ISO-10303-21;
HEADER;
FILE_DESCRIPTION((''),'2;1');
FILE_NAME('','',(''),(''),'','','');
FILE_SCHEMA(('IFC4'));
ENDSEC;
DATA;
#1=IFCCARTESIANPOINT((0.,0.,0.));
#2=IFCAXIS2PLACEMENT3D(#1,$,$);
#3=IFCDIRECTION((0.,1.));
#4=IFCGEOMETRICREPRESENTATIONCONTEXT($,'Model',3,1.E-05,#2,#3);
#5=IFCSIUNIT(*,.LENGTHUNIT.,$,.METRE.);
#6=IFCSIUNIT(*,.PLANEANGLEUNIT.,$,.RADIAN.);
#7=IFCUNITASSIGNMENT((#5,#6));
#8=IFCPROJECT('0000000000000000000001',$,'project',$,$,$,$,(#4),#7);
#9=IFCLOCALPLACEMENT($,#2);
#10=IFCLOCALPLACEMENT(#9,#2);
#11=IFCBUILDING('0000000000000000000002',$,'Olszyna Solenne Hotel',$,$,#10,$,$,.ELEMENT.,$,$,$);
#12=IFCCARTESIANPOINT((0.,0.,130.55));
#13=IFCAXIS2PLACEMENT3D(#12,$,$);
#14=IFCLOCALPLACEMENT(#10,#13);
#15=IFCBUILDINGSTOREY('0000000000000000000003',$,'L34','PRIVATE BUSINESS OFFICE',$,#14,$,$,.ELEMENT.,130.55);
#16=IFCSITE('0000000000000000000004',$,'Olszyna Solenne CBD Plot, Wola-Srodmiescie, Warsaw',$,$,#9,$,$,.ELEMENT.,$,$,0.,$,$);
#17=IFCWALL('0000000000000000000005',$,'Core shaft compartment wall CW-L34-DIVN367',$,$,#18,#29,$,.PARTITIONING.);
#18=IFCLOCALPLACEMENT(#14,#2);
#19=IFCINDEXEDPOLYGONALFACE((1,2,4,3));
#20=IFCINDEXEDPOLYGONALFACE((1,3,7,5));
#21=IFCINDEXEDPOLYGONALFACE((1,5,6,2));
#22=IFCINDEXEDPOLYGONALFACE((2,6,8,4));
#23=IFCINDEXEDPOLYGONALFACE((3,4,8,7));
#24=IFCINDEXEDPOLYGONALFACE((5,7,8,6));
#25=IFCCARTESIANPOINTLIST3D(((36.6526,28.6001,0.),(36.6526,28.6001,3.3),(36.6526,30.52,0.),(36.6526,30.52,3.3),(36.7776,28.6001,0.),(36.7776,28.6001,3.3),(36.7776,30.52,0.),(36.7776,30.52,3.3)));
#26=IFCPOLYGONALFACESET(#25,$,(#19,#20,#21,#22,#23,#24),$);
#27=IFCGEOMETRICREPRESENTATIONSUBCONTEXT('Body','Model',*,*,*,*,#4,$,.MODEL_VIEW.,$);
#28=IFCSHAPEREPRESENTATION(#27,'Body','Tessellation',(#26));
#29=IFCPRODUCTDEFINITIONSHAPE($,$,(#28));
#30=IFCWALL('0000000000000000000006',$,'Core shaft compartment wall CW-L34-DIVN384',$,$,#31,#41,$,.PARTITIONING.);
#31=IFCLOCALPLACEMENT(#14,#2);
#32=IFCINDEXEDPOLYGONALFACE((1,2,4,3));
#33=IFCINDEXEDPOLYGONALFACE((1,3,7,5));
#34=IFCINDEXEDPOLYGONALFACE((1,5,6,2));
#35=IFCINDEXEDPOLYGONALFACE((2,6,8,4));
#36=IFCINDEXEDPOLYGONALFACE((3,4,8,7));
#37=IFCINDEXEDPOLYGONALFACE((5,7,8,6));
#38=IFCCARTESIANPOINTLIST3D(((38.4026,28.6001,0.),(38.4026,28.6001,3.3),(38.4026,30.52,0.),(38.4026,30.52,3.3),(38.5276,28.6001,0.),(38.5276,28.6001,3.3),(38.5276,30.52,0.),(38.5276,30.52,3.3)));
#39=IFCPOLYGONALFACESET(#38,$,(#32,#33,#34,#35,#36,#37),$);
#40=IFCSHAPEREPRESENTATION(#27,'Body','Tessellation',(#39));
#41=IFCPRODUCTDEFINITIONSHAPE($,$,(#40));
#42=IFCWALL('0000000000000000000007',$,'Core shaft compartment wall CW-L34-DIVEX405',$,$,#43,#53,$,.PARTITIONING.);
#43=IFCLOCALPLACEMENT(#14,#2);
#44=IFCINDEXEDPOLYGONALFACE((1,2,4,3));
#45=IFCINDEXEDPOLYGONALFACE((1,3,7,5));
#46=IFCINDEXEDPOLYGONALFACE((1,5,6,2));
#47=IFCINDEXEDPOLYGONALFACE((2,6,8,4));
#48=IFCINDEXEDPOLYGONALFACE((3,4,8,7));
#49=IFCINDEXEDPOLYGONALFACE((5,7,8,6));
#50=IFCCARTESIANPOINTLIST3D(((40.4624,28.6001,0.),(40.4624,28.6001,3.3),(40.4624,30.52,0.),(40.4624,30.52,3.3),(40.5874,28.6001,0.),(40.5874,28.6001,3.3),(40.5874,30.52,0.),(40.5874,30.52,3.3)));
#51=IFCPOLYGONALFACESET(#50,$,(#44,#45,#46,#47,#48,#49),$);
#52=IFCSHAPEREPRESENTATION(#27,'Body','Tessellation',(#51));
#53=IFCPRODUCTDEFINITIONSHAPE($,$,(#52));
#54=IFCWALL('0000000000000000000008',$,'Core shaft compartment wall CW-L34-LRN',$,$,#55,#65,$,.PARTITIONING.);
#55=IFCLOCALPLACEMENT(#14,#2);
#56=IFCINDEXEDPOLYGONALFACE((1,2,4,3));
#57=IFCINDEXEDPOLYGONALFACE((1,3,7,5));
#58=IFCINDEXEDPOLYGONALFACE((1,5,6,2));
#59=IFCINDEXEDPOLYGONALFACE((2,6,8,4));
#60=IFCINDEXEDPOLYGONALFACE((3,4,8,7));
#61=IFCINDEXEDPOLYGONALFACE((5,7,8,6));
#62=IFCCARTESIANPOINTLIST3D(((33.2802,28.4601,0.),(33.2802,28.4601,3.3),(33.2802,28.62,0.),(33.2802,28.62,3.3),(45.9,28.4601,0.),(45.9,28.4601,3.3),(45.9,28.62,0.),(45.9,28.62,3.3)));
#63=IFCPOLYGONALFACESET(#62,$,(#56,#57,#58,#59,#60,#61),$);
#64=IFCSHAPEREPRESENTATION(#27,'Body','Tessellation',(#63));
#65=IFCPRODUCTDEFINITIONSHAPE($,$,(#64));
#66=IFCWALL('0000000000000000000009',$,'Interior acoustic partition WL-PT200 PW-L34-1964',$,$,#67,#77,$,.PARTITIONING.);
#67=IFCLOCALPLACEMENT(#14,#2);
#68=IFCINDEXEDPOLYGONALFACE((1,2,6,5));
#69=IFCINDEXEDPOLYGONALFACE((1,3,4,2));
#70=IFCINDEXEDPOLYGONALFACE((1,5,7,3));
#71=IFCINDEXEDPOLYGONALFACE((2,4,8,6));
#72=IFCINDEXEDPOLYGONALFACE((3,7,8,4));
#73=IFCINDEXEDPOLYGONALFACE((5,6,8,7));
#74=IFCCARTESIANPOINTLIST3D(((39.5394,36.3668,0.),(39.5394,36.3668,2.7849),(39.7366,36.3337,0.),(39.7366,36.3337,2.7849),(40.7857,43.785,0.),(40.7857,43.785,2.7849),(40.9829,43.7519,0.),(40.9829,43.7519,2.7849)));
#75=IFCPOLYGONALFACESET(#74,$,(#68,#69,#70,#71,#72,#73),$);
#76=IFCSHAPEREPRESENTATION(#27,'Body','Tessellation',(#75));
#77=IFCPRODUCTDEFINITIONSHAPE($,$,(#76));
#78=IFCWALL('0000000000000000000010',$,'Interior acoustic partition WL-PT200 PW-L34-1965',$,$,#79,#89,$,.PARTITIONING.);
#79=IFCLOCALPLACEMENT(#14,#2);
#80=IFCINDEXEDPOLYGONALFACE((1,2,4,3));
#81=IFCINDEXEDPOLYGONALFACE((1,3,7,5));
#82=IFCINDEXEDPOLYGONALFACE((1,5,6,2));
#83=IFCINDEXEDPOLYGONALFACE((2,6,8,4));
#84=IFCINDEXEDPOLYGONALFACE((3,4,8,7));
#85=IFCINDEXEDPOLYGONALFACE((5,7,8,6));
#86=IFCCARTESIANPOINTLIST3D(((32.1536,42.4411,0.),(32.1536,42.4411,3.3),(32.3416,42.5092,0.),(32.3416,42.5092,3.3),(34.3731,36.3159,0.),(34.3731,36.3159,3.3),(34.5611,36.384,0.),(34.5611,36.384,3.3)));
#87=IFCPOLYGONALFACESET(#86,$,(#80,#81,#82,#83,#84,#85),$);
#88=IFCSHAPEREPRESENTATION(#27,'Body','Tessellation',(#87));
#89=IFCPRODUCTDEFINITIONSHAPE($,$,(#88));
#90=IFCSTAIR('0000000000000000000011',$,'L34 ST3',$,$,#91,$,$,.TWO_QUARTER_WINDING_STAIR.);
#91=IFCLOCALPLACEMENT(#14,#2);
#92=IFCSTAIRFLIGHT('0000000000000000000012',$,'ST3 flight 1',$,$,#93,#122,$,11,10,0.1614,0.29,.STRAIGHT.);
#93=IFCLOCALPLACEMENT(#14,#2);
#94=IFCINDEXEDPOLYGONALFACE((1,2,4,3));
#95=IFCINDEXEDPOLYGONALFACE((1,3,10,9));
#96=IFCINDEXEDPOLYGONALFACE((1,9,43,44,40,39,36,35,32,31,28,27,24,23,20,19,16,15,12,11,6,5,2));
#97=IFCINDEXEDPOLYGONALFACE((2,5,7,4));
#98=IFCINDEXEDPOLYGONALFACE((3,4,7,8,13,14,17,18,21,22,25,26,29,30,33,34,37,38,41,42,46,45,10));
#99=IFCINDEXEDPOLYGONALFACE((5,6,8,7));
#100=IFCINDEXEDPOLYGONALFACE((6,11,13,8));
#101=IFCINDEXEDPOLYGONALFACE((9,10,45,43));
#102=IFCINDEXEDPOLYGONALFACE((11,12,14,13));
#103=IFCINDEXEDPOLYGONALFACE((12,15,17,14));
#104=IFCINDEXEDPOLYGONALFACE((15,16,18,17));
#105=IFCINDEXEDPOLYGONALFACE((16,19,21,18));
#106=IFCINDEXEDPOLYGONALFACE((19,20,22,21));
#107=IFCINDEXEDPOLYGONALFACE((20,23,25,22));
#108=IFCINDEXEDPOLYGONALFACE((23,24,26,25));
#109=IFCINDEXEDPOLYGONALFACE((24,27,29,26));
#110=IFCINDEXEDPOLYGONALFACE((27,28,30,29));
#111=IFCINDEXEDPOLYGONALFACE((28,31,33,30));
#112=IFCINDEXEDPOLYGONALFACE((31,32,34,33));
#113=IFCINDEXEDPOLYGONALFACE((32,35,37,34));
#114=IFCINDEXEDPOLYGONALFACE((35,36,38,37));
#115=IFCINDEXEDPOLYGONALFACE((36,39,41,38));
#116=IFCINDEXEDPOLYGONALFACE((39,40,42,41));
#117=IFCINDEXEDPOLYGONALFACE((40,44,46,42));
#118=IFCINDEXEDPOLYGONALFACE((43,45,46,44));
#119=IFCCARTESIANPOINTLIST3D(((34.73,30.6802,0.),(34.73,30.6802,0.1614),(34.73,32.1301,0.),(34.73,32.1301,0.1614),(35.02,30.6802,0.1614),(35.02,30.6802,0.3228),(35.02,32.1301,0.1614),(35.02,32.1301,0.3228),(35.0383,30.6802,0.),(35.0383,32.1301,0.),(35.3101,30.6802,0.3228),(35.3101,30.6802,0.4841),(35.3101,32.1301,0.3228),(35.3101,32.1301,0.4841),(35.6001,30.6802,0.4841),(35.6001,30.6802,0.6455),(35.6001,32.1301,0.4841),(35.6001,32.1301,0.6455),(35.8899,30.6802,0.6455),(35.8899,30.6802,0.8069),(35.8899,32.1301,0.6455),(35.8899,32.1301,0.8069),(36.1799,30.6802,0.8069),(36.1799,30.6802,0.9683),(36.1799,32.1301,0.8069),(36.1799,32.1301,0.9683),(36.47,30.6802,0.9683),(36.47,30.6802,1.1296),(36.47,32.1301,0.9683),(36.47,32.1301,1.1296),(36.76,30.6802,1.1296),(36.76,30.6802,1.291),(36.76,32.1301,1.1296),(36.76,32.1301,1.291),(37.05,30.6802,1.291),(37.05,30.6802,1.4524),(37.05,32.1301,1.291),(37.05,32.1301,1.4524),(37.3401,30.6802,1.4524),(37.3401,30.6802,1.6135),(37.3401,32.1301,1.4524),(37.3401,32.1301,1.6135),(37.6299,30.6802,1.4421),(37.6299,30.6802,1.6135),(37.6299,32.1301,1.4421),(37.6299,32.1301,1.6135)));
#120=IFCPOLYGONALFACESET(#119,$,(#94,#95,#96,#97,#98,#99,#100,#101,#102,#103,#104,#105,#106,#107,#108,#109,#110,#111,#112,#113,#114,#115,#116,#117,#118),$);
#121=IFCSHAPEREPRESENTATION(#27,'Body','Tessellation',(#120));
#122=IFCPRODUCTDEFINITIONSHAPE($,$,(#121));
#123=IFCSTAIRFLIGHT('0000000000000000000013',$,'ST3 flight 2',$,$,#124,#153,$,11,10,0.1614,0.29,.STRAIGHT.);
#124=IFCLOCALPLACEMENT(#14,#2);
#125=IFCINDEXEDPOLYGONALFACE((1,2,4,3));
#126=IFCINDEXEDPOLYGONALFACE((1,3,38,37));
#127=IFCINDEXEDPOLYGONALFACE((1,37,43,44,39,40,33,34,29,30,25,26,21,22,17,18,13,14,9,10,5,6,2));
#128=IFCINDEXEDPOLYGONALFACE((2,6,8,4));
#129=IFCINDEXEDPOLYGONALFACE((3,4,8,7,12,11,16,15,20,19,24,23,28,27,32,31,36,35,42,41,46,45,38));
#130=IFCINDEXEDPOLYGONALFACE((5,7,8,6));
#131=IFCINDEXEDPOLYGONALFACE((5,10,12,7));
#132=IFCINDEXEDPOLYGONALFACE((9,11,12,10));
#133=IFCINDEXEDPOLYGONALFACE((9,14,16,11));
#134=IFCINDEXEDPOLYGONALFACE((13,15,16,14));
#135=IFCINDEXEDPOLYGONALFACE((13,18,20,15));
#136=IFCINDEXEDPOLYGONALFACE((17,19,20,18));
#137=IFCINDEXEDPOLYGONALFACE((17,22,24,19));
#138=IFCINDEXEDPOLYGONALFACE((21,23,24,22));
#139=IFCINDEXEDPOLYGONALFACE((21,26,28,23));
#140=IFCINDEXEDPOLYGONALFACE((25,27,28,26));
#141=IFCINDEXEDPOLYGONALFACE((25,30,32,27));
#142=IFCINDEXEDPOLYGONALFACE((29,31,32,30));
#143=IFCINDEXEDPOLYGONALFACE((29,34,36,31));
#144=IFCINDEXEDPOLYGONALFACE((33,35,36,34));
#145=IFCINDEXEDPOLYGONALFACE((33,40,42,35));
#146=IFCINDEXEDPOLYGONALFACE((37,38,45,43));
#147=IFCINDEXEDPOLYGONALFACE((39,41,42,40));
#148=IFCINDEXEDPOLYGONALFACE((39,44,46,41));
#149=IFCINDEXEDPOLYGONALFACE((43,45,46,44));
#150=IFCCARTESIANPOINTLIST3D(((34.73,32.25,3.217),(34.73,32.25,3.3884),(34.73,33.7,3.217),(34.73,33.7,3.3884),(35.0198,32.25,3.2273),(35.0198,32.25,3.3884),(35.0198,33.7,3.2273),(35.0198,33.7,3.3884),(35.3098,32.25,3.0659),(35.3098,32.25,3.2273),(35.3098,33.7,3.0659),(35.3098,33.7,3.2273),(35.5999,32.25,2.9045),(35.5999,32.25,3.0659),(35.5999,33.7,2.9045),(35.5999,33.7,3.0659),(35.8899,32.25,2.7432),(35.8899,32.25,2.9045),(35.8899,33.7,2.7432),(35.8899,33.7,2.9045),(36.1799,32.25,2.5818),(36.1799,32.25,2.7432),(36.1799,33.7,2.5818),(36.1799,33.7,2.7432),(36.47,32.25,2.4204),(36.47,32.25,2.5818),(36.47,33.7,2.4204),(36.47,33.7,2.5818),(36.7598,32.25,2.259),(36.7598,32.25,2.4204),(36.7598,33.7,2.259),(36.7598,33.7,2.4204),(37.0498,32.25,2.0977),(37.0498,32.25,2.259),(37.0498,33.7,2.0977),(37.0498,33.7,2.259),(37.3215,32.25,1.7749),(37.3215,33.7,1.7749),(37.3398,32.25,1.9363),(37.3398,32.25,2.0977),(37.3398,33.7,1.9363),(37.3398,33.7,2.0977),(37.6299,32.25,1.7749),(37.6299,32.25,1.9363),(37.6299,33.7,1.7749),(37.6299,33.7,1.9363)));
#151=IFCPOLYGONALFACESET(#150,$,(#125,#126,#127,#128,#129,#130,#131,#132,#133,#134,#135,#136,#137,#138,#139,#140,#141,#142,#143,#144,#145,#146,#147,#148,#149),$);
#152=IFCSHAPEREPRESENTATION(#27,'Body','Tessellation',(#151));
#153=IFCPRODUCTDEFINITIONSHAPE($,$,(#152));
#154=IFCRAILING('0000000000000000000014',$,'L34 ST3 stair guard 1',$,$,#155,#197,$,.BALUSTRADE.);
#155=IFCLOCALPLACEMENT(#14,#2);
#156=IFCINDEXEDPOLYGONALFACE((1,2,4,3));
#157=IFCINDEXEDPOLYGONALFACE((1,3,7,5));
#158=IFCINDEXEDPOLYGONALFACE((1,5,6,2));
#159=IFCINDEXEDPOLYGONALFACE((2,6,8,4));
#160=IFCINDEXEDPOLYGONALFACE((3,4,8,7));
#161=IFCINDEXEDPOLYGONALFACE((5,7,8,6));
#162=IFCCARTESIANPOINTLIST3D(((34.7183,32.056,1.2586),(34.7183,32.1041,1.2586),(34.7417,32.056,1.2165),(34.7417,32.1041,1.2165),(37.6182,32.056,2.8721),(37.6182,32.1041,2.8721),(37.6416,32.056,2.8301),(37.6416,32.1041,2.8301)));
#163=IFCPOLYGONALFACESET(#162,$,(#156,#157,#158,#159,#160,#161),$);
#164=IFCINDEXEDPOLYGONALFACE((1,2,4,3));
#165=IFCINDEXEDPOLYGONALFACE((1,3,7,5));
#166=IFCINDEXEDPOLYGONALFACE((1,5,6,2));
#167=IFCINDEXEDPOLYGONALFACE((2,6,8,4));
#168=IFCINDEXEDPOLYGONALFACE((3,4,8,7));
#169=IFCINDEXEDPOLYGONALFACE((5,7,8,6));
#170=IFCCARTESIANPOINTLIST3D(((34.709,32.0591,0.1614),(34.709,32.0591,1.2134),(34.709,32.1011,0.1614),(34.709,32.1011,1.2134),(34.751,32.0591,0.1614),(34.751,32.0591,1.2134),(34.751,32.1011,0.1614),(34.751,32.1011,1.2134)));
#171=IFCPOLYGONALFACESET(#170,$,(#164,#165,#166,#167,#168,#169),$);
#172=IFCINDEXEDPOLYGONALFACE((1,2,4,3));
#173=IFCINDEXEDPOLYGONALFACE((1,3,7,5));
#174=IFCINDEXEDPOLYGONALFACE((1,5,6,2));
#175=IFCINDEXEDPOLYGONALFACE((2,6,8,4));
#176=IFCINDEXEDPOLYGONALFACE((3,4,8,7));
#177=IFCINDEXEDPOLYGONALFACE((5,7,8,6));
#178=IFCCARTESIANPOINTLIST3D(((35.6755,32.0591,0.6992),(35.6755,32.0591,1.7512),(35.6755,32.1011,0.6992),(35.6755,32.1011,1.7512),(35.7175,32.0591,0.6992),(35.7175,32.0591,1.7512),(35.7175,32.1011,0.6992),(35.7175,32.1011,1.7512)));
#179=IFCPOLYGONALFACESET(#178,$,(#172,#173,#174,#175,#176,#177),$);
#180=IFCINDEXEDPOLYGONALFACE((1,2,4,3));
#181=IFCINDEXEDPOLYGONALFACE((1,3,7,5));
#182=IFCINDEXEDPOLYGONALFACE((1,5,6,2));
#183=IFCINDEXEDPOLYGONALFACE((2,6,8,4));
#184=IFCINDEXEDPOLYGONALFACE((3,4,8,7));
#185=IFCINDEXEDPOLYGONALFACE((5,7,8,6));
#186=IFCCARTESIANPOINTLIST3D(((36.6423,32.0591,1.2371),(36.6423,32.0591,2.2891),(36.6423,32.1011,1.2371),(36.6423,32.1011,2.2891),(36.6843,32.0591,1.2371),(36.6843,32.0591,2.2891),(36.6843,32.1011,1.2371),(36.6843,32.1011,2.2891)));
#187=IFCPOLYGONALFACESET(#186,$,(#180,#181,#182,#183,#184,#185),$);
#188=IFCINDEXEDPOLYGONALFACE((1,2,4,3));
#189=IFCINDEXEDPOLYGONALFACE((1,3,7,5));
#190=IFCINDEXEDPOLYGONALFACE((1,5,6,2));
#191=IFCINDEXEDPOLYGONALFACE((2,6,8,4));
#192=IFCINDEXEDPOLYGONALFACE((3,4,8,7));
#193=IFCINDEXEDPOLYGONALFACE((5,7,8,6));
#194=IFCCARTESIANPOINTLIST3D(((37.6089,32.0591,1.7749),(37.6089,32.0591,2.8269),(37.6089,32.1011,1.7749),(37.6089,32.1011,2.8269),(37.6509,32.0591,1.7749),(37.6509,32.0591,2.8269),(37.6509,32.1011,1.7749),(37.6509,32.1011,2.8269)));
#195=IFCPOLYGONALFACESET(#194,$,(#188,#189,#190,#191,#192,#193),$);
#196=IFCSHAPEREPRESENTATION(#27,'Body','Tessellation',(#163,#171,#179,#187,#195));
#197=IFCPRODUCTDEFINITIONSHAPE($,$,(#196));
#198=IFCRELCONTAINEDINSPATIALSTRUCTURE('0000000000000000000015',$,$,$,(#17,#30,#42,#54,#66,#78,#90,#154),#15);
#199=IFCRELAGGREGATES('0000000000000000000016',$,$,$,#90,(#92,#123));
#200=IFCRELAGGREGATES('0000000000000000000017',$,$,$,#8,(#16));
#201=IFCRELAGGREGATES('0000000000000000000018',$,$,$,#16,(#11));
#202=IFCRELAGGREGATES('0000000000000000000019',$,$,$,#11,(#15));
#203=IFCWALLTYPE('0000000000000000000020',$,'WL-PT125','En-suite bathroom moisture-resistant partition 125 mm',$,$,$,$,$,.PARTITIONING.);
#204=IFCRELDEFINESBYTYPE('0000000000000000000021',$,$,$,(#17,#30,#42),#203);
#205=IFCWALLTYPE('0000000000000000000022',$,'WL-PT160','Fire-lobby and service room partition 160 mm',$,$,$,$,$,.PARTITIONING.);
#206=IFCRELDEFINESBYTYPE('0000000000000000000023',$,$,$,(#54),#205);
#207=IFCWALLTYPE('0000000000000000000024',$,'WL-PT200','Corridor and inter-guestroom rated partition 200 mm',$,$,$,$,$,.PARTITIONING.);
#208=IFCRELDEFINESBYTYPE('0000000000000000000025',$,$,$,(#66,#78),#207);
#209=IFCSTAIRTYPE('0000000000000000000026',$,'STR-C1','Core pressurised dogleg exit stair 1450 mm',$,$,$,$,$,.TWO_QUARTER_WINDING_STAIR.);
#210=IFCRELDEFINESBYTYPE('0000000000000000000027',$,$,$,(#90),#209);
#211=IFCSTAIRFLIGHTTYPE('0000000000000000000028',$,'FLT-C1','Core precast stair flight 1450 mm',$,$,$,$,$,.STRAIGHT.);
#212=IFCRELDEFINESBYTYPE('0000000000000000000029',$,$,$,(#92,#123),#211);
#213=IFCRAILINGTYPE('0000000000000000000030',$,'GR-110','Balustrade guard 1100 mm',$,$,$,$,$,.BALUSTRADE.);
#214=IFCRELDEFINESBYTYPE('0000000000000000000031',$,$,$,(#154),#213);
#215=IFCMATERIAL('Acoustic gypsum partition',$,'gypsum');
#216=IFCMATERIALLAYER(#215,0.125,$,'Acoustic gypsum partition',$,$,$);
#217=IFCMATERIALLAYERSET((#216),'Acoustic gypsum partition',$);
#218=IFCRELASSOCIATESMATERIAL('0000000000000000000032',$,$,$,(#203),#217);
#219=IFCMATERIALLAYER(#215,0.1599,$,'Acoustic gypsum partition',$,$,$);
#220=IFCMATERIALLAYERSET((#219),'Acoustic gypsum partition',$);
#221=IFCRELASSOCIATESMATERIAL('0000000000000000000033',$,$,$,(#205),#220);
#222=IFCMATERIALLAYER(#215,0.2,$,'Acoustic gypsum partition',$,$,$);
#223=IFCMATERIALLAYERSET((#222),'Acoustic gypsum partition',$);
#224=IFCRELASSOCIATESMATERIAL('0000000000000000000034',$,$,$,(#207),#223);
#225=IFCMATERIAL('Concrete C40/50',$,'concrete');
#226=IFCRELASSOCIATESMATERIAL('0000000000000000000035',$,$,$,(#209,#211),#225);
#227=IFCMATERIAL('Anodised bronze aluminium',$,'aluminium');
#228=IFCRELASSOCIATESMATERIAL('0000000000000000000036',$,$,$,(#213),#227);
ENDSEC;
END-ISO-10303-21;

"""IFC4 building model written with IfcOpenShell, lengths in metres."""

from ifc_helpers import new_model, si_unit, direction, frame, frame_2d, origin, origin_2d, place, context, subcontext, project, spatial, polyline, rectangle, outline, extrude, material, layer, layer_set, type_object, element, aggregate, save


model = new_model("IFC4")

# Units and contexts
model_context = context("Model", 3, precision=1e-05, world=origin(), true_north=direction((0.0, 1.0)))
body_context = subcontext(model_context, "Body", "Model", "MODEL_VIEW")
ifc_project = project(units=[si_unit("LENGTHUNIT", "METRE"), si_unit("PLANEANGLEUNIT", "RADIAN")], contexts=[model_context])

# Site, building, storey
site_placement = place(None, origin())
site = spatial("IfcSite", under=ifc_project, at=site_placement, Name="Olszyna Solenne CBD Plot, Wola-Srodmiescie, Warsaw", CompositionType="ELEMENT", RefElevation=0.0)
building_placement = place(site_placement, origin())
building = spatial("IfcBuilding", under=site, at=building_placement, Name="Olszyna Solenne Hotel", CompositionType="ELEMENT")
storey_placement = place(building_placement, frame((0.0, 0.0, 130.55)))
storey = spatial("IfcBuildingStorey", under=building, at=storey_placement, Name="L34", Description="PRIVATE BUSINESS OFFICE", CompositionType="ELEMENT", Elevation=130.55)

# Shared definitions
ifc_material_1 = material(Name="Anodised bronze aluminium", Category="aluminium")

# Walls
ifc_material_2 = material(Name="Acoustic gypsum partition", Category="gypsum")
ifc_layer_1 = layer(ifc_material_2, 0.125, Name="Acoustic gypsum partition")
ifc_layer_set_1 = layer_set([ifc_layer_1], Name="Acoustic gypsum partition")
wall_type_1 = type_object("IfcWallType", Name="WL-PT125", Description="En-suite bathroom moisture-resistant partition 125 mm", PredefinedType="PARTITIONING", material=ifc_layer_set_1)
for number, where, z_axis, x_axis, name in (
    (1, (36.7151, 28.6001, 0.0), (0.0, 0.0, 1.0), (0.0, 1.0, 0.0), "Core shaft compartment wall CW-L34-DIVN367"),
    (2, (38.4651, 28.6001, 0.0), (0.0, 0.0, 1.0), (0.0, 1.0, 0.0), "Core shaft compartment wall CW-L34-DIVN384"),
    (3, (40.5249, 28.6001, 0.0), (0.0, 0.0, 1.0), (0.0, 1.0, 0.0), "Core shaft compartment wall CW-L34-DIVEX405"),
):
    element("IfcWall", number, at=place(storey_placement, frame(where, z_axis=z_axis, x_axis=x_axis)), inside=storey, type_object=wall_type_1, Name=name, PredefinedType="PARTITIONING", context=body_context, shape_type="SweptSolid", body=[
        extrude(rectangle(XDim=1.9199, YDim=0.125, at=frame_2d((0.96, 0.0))), origin(), (0.0, 0.0, 1.0), 3.3),
    ])
ifc_layer_2 = layer(ifc_material_2, 0.1599, Name="Acoustic gypsum partition")
ifc_layer_set_2 = layer_set([ifc_layer_2], Name="Acoustic gypsum partition")
wall_type_2 = type_object("IfcWallType", Name="WL-PT160", Description="Fire-lobby and service room partition 160 mm", PredefinedType="PARTITIONING", material=ifc_layer_set_2)
wall_1_placement = place(storey_placement, frame((33.28, 28.54, 0.0), z_axis=(0.0, 0.0, 1.0), x_axis=(1.0, 0.0, 0.0)))
element("IfcWall", 4, at=wall_1_placement, inside=storey, type_object=wall_type_2, Name="Core shaft compartment wall CW-L34-LRN", PredefinedType="PARTITIONING", context=body_context, shape_type="SweptSolid", body=[
    extrude(rectangle(XDim=12.6199, YDim=0.1599, at=frame_2d((6.3101, 0.0))), origin(), (0.0, 0.0, 1.0), 3.3),
])
ifc_layer_3 = layer(ifc_material_2, 0.2, Name="Acoustic gypsum partition")
ifc_layer_set_3 = layer_set([ifc_layer_3], Name="Acoustic gypsum partition")
wall_type_3 = type_object("IfcWallType", Name="WL-PT200", Description="Corridor and inter-guestroom rated partition 200 mm", PredefinedType="PARTITIONING", material=ifc_layer_set_3)
wall_2_placement = place(storey_placement, frame((39.6379, 36.3501, 0.0), z_axis=(0.0, 0.0, 1.0), x_axis=(0.165688, 0.986178, 0.0)))
element("IfcWall", 5, at=wall_2_placement, inside=storey, type_object=wall_type_3, Name="Interior acoustic partition WL-PT200 PW-L34-1964", PredefinedType="PARTITIONING", context=body_context, shape_type="SweptSolid", body=[
    extrude(rectangle(XDim=7.5222, YDim=0.2, at=frame_2d((3.7612, 0.0))), origin(), (0.0, 0.0, 1.0), 2.7849),
])
wall_3_placement = place(storey_placement, frame((34.467, 36.3501, 0.0), z_axis=(0.0, 0.0, 1.0), x_axis=(-0.340675, 0.940181, 0.0)))
element("IfcWall", 6, at=wall_3_placement, inside=storey, type_object=wall_type_3, Name="Interior acoustic partition WL-PT200 PW-L34-1965", PredefinedType="PARTITIONING", context=body_context, shape_type="SweptSolid", body=[
    extrude(rectangle(XDim=6.5149, YDim=0.2, at=frame_2d((3.2573, 0.0))), origin(), (0.0, 0.0, 1.0), 3.3),
])

# Stair, stair flights
ifc_material_3 = material(Name="Concrete C40/50", Category="concrete")
stair_type = type_object("IfcStairType", Name="STR-C1", Description="Core pressurised dogleg exit stair 1450 mm", PredefinedType="TWO_QUARTER_WINDING_STAIR", material=ifc_material_3)
stair_placement = place(storey_placement, origin())
stair = element("IfcStair", 7, at=stair_placement, inside=storey, type_object=stair_type, Name="L34 ST3", PredefinedType="TWO_QUARTER_WINDING_STAIR")
stair_flight_type = type_object("IfcStairFlightType", Name="FLT-C1", Description="Core precast stair flight 1450 mm", PredefinedType="STRAIGHT", material=ifc_material_3)
stair_flight_1_placement = place(storey_placement, frame((34.73, 31.405, 0.0), z_axis=(0.0, 0.0, 1.0), x_axis=(1.0, 0.0, 0.0)))
stair_flight_1 = element("IfcStairFlight", 8, at=stair_flight_1_placement, type_object=stair_flight_type, Name="ST3 flight 1", NumberOfRisers=11, NumberOfTreads=10, PredefinedType="STRAIGHT", RiserHeight=0.1614, TreadLength=0.29, context=body_context, shape_type="SweptSolid", body=[
    extrude(outline(polyline([(0.0, 0.0), (0.0, 0.1614), (0.29, 0.1614), (0.29, 0.3228), (0.5801, 0.3228), (0.5801, 0.4841), (0.8701, 0.4841), (0.8701, 0.6455), (1.1599, 0.6455), (1.1599, 0.8069), (1.45, 0.8069), (1.45, 0.9683), (1.74, 0.9683), (1.74, 1.1296), (2.03, 1.1296), (2.03, 1.291), (2.3201, 1.291), (2.3201, 1.4524), (2.6101, 1.4524), (2.6101, 1.6135), (2.8999, 1.6135), (2.8999, 1.7749), (2.8999, 1.4421), (0.3083, 0.0), (0.0, 0.0)])), frame((0.0, 0.7251, 0.0), z_axis=(0.0, -1.0, 0.0), x_axis=(1.0, 0.0, 0.0)), (0.0, 0.0, 1.0), 1.45),
])
stair_flight_2_placement = place(storey_placement, frame((37.6299, 32.9751, 1.7749), z_axis=(0.0, 0.0, 1.0), x_axis=(-1.0, 0.0, 0.0)))
stair_flight_2 = element("IfcStairFlight", 9, at=stair_flight_2_placement, type_object=stair_flight_type, Name="ST3 flight 2", NumberOfRisers=11, NumberOfTreads=10, PredefinedType="STRAIGHT", RiserHeight=0.1614, TreadLength=0.29, context=body_context, shape_type="SweptSolid", body=[
    extrude(outline(polyline([(0.0, 0.0), (0.0, 0.1614), (0.29, 0.1614), (0.29, 0.3228), (0.5801, 0.3228), (0.5801, 0.4841), (0.8701, 0.4841), (0.8701, 0.6455), (1.1599, 0.6455), (1.1599, 0.8069), (1.45, 0.8069), (1.45, 0.9683), (1.74, 0.9683), (1.74, 1.1296), (2.03, 1.1296), (2.03, 1.291), (2.3201, 1.291), (2.3201, 1.4524), (2.6101, 1.4524), (2.6101, 1.6135), (2.8999, 1.6135), (2.8999, 1.7749), (2.8999, 1.4421), (0.3083, 0.0), (0.0, 0.0)])), frame((0.0, 0.7251, 0.0), z_axis=(0.0, -1.0, 0.0), x_axis=(1.0, 0.0, 0.0)), (0.0, 0.0, 1.0), 1.45),
])
aggregate(stair, [stair_flight_1, stair_flight_2])

# Railing
railing_type_1 = type_object("IfcRailingType", Name="GR-110", Description="Balustrade guard 1100 mm", PredefinedType="BALUSTRADE", material=ifc_material_1)
railing_1_placement = place(storey_placement, frame((34.73, 32.0801, 0.1614)))
element("IfcRailing", 10, at=railing_1_placement, inside=storey, type_object=railing_type_1, Name="L34 ST3 stair guard 1", PredefinedType="BALUSTRADE", context=body_context, shape_type="SweptSolid", body=[
    extrude(rectangle(XDim=0.0481, YDim=0.0481, at=origin_2d()), frame((0.0, 0.0, 1.0762), z_axis=(0.873841, 0.0, 0.486211), x_axis=(0.0, 1.0, 0.0)), (0.0, 0.0, 1.0), 3.3186),
    extrude(rectangle(XDim=0.042, YDim=0.042, at=origin_2d()), origin(), (0.0, 0.0, 1.0), 1.052),
    extrude(rectangle(XDim=0.042, YDim=0.042, at=origin_2d()), frame((0.9666, 0.0, 0.5378)), (0.0, 0.0, 1.0), 1.052),
    extrude(rectangle(XDim=0.042, YDim=0.042, at=origin_2d()), frame((1.9333, 0.0, 1.0757)), (0.0, 0.0, 1.0), 1.052),
    extrude(rectangle(XDim=0.042, YDim=0.042, at=origin_2d()), frame((2.8999, 0.0, 1.6135)), (0.0, 0.0, 1.0), 1.052),
])

save(model, "model.ifc")
